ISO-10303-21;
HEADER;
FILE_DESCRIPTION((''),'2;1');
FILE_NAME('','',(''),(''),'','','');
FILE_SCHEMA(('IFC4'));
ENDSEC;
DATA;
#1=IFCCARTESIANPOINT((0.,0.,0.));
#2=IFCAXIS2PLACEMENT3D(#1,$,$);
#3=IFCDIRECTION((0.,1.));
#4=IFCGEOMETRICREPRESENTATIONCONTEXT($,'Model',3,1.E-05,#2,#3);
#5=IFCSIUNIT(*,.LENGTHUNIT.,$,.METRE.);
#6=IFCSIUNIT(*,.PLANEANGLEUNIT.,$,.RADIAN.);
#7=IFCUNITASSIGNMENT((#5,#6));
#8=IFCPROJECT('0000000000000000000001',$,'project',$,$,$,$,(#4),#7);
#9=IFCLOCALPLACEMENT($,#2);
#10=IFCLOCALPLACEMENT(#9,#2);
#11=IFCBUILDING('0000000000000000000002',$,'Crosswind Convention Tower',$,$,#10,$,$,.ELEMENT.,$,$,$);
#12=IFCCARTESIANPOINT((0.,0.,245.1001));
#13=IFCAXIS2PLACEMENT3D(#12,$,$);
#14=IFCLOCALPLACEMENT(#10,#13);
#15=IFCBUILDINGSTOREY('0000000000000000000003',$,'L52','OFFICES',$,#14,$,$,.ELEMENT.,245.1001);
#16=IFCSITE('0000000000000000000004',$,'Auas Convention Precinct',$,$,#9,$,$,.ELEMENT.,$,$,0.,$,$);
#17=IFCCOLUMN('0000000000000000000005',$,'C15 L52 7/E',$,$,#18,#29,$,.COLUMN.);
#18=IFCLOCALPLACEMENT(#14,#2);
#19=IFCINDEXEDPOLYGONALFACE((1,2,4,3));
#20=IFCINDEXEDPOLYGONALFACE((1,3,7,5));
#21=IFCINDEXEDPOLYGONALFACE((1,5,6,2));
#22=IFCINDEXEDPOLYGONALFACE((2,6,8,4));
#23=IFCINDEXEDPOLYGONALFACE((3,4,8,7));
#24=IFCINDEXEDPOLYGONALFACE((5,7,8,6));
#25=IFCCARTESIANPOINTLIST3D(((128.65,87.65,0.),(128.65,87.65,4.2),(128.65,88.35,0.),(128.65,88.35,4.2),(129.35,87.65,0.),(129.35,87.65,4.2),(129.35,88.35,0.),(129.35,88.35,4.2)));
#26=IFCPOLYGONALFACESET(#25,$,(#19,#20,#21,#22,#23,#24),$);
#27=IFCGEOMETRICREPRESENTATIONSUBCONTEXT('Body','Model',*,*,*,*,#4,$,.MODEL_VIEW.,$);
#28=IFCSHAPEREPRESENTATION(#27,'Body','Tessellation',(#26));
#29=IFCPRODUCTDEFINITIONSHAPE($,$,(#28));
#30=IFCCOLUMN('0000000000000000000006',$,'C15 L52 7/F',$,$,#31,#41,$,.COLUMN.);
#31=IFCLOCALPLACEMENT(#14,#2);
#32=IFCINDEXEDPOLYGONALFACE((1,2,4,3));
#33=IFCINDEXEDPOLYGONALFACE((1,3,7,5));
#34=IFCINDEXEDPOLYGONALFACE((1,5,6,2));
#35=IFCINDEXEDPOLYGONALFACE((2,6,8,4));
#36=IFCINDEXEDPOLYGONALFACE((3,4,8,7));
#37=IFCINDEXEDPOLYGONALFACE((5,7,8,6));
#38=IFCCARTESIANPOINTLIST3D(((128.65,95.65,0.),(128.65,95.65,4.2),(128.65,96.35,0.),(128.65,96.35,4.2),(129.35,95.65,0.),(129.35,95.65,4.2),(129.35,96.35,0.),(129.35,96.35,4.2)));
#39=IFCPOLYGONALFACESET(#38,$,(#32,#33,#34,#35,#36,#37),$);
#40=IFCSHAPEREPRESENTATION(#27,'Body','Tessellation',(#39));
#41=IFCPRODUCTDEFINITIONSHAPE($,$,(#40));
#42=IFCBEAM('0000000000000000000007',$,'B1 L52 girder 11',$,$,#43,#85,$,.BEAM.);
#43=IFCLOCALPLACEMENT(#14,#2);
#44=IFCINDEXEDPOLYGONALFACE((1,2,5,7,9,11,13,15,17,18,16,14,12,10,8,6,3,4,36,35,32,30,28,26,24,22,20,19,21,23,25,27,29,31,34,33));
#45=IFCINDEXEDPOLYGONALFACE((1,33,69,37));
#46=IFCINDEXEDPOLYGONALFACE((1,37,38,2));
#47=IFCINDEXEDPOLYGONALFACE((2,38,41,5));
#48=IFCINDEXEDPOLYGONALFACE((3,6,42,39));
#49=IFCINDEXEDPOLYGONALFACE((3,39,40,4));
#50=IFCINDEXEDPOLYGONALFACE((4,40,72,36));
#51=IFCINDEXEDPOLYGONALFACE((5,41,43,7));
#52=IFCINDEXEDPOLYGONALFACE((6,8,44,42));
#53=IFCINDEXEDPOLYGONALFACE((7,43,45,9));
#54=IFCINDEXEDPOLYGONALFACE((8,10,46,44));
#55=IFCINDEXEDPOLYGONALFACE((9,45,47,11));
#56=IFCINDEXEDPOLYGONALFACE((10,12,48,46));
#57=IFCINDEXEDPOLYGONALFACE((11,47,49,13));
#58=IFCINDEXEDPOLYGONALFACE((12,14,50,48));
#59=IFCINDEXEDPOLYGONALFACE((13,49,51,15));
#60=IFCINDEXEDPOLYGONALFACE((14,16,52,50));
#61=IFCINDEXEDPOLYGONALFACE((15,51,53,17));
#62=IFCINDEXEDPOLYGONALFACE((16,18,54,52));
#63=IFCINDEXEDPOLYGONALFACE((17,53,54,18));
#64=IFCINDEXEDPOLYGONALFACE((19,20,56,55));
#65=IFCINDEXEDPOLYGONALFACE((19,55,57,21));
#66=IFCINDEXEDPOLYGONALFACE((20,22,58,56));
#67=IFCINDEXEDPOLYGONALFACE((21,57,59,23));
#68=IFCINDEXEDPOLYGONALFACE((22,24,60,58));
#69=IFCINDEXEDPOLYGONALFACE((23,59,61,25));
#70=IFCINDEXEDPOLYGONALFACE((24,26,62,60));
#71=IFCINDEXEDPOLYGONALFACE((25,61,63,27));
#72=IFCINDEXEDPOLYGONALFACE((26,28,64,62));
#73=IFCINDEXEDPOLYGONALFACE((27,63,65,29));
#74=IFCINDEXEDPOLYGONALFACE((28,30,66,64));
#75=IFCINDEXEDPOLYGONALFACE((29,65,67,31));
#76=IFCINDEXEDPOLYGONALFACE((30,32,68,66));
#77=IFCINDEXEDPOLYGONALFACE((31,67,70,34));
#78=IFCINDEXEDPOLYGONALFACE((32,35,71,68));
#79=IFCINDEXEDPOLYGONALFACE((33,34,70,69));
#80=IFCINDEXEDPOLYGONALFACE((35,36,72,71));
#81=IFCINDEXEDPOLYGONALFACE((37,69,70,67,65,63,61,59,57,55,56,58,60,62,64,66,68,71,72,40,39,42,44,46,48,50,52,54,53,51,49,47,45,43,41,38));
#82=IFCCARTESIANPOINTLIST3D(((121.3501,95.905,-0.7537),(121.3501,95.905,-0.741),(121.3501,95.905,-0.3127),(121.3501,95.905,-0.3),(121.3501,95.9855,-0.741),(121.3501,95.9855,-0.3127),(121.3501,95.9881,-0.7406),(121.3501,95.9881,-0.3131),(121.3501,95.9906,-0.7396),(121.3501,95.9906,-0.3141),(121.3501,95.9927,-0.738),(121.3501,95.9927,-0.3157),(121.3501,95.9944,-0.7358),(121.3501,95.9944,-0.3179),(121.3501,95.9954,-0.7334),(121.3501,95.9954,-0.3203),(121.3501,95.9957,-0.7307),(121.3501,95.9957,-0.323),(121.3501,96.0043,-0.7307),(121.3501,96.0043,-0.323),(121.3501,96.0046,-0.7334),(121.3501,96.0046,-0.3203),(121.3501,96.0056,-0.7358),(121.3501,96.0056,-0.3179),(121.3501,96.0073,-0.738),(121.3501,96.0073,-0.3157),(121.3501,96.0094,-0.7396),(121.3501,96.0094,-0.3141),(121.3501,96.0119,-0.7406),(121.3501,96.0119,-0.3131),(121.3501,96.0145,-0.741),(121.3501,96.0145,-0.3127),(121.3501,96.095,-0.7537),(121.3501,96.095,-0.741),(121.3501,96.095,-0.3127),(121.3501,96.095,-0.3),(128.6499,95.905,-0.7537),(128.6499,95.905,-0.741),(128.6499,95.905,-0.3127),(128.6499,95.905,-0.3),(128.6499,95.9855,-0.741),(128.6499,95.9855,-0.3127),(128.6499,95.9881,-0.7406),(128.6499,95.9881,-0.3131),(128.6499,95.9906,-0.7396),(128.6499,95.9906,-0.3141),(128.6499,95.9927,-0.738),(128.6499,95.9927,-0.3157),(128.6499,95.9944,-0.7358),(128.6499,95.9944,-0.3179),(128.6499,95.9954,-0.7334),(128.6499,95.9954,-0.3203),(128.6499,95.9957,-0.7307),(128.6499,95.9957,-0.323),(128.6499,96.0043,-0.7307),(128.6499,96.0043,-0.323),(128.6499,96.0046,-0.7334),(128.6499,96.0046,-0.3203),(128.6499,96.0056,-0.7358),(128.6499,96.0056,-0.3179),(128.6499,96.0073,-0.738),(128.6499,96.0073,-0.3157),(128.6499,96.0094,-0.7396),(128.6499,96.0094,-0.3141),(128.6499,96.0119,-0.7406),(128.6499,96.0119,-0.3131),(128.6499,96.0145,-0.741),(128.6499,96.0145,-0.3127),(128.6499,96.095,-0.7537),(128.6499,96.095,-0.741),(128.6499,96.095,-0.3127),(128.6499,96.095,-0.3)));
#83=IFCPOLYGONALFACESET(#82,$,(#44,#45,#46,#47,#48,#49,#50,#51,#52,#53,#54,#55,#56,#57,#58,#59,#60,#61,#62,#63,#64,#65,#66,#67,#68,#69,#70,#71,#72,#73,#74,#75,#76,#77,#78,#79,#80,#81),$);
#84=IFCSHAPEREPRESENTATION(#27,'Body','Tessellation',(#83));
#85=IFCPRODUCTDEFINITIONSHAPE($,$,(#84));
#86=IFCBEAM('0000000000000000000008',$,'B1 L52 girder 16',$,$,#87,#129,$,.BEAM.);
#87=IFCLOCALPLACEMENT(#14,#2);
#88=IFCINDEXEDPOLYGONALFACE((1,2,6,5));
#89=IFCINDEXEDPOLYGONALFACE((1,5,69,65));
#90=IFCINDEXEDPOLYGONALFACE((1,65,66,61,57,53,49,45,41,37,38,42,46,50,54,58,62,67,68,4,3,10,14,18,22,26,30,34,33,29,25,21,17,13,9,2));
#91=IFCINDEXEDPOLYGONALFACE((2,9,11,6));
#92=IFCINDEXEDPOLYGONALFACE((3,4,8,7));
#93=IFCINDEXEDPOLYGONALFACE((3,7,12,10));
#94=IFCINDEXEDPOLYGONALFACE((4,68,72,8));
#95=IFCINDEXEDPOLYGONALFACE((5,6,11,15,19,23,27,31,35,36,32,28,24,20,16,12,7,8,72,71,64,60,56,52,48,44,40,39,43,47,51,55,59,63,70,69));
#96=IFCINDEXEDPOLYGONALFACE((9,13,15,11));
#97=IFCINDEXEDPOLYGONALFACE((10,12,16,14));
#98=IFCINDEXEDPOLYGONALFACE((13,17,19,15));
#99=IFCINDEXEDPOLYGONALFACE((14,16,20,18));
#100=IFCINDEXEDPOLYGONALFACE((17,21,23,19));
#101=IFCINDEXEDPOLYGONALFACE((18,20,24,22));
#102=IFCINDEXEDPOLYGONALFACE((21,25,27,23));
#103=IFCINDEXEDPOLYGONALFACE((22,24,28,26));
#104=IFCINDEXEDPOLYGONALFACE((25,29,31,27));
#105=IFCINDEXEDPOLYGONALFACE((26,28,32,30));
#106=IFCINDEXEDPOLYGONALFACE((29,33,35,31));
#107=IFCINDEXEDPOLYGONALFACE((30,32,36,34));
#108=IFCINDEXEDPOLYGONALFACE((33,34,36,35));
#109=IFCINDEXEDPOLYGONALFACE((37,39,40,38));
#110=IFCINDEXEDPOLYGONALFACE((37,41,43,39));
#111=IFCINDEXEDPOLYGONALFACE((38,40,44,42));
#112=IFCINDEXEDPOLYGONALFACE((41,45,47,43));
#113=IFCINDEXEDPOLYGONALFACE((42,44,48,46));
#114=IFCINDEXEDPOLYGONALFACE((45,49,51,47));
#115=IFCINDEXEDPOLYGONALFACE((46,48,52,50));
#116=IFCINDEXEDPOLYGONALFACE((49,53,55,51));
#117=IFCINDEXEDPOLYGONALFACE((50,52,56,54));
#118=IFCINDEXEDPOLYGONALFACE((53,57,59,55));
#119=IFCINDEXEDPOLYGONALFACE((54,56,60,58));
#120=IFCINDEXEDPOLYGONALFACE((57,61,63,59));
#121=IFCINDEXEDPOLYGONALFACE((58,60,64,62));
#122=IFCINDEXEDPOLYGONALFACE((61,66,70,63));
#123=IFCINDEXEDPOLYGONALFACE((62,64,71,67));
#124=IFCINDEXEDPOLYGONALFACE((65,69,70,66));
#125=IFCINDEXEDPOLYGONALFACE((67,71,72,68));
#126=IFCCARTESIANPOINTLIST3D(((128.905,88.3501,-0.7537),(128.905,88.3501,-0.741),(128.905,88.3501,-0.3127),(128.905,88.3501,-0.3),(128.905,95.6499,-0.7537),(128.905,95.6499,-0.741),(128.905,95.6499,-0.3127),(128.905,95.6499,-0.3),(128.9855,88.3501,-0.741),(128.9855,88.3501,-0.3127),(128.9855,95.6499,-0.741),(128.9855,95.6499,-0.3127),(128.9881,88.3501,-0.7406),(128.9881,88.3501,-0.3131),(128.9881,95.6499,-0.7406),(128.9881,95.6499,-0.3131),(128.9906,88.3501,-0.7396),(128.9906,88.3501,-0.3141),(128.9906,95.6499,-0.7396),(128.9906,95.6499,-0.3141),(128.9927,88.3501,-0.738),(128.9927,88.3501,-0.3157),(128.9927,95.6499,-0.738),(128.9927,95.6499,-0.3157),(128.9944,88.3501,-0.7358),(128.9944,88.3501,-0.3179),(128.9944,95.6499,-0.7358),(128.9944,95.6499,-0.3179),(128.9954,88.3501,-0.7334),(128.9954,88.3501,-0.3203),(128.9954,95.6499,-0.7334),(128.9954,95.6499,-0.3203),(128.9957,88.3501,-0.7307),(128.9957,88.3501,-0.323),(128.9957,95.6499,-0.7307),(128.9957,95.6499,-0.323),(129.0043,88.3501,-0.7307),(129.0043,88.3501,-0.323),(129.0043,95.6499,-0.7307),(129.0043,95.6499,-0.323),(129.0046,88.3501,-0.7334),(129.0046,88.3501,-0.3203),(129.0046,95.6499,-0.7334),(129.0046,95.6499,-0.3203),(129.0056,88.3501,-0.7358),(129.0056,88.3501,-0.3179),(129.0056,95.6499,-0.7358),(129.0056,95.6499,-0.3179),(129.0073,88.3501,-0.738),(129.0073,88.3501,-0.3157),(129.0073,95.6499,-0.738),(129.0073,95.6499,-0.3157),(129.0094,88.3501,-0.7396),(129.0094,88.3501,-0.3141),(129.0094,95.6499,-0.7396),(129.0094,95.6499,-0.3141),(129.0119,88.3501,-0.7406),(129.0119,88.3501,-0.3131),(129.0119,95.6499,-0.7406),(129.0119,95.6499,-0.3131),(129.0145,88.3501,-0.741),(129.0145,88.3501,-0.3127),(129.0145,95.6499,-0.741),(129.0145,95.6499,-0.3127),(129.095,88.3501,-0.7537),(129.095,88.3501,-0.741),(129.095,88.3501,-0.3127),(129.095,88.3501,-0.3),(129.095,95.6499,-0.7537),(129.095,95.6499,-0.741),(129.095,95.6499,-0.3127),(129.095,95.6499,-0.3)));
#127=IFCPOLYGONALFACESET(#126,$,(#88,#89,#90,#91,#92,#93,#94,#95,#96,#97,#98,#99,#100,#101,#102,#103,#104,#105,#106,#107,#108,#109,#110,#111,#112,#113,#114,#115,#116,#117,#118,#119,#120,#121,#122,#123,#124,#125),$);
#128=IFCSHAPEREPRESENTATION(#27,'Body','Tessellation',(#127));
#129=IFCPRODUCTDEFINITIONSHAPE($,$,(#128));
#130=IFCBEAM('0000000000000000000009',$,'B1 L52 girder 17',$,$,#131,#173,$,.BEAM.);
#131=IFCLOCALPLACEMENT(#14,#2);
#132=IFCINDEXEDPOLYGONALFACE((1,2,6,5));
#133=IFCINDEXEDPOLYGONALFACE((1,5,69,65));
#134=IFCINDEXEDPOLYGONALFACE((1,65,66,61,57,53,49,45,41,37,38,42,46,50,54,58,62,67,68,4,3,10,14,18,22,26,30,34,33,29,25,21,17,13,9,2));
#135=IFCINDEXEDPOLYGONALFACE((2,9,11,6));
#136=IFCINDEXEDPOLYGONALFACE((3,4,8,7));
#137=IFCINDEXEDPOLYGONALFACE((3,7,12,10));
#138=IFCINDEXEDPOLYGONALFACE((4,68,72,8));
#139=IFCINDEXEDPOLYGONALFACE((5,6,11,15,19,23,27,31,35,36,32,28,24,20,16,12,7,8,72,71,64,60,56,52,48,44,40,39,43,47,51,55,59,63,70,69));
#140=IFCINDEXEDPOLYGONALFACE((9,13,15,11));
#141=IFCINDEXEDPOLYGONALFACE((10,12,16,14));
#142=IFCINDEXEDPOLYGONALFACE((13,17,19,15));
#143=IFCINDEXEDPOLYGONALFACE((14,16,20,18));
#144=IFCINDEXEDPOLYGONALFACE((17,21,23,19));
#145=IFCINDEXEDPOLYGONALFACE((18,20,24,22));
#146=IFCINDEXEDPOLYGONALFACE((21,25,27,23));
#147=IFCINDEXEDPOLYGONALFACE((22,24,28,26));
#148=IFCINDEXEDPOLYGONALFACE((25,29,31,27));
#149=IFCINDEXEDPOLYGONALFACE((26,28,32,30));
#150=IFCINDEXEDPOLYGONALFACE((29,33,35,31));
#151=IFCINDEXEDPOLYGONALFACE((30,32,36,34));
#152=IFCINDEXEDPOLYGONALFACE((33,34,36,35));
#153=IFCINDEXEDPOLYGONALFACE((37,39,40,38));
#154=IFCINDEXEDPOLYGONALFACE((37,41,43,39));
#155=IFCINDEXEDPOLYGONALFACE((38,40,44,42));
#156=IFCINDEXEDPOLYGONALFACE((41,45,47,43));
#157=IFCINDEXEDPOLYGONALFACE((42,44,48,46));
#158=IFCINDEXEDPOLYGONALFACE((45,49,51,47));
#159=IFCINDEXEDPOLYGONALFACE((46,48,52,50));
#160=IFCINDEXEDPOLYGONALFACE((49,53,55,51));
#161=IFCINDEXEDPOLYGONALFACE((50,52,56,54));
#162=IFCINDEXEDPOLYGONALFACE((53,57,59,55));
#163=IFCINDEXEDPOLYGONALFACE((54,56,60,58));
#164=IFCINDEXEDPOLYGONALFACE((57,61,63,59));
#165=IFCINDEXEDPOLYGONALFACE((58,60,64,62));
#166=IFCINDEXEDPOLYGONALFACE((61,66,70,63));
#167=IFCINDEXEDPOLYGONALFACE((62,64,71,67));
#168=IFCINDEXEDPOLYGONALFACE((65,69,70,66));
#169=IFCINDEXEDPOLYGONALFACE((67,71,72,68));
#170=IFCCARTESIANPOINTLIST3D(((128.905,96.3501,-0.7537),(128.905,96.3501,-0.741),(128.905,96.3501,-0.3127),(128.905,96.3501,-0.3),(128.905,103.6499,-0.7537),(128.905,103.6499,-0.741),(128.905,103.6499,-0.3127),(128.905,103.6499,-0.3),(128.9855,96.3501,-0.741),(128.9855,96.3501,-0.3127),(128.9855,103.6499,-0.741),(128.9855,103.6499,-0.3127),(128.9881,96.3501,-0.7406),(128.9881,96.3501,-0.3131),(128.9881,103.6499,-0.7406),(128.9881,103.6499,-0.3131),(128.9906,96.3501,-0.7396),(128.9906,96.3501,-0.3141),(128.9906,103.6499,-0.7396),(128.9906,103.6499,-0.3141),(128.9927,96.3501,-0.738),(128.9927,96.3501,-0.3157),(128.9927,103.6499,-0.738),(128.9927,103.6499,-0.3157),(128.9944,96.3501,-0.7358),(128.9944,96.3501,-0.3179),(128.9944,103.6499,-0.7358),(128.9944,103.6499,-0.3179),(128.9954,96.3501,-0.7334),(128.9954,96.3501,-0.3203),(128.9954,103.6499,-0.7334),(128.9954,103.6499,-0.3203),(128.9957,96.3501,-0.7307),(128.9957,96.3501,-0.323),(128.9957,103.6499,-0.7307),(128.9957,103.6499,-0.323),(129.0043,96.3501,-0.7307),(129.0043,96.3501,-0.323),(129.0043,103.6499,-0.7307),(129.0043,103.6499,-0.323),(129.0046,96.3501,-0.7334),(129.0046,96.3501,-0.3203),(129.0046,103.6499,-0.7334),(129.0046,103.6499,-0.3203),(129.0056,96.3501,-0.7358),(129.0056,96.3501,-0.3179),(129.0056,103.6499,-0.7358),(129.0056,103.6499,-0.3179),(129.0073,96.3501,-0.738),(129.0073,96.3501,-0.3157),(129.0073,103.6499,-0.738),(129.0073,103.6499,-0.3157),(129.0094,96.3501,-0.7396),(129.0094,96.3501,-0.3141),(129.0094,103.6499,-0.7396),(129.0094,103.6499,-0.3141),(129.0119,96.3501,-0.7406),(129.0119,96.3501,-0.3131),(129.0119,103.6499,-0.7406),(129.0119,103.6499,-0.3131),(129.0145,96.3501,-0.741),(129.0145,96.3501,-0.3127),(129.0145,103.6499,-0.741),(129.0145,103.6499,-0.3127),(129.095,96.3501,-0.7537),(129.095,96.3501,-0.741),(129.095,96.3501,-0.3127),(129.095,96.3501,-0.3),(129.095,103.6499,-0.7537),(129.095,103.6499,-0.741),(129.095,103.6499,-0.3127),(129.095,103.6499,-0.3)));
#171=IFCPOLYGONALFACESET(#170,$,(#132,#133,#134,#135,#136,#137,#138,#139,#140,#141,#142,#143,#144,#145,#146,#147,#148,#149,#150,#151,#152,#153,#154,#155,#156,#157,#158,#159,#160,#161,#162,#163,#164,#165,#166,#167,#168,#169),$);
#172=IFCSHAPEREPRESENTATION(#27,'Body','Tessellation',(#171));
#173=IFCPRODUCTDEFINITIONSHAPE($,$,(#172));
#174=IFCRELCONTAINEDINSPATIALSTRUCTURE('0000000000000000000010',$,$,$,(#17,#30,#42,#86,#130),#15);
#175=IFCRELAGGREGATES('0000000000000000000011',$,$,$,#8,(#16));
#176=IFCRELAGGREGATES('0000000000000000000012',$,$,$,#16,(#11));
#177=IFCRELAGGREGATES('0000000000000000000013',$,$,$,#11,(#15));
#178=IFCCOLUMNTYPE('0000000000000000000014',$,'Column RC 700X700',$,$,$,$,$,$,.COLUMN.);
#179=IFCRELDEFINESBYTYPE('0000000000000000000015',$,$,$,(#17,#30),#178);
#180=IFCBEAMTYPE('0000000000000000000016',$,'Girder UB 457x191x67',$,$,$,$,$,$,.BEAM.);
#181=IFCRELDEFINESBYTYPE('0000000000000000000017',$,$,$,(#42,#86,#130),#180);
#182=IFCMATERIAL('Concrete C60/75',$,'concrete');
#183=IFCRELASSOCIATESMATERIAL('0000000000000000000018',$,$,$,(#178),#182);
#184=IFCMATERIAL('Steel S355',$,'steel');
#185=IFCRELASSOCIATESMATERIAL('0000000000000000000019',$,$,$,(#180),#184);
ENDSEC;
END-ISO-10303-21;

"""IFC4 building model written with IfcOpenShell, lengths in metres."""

from ifc_helpers import new_model, si_unit, direction, frame, origin, origin_2d, place, context, subcontext, project, spatial, rectangle, i_section, extrude, material, material_profile, profile_set, type_object, element, save


model = new_model("IFC4")

# Units and contexts
model_context = context("Model", 3, precision=1e-05, world=origin(), true_north=direction((0.0, 1.0)))
body_context = subcontext(model_context, "Body", "Model", "MODEL_VIEW")
ifc_project = project(units=[si_unit("LENGTHUNIT", "METRE"), si_unit("PLANEANGLEUNIT", "RADIAN")], contexts=[model_context])

# Site, building, storey
site_placement = place(None, origin())
site = spatial("IfcSite", under=ifc_project, at=site_placement, Name="Auas Convention Precinct", CompositionType="ELEMENT", RefElevation=0.0)
building_placement = place(site_placement, origin())
building = spatial("IfcBuilding", under=site, at=building_placement, Name="Crosswind Convention Tower", CompositionType="ELEMENT")
storey_placement = place(building_placement, frame((0.0, 0.0, 245.1001)))
storey = spatial("IfcBuildingStorey", under=building, at=storey_placement, Name="L52", Description="OFFICES", CompositionType="ELEMENT", Elevation=245.1001)

# Columns
ifc_material_1 = material(Name="Concrete C60/75", Category="concrete")
ifc_material_profile_1 = material_profile(ifc_material_1, rectangle(XDim=0.7, YDim=0.7, at=origin_2d()), Name="RC 700X700")
ifc_profile_set_1 = profile_set([ifc_material_profile_1], Name="Concrete C60/75")
column_type = type_object("IfcColumnType", Name="Column RC 700X700", PredefinedType="COLUMN", material=ifc_profile_set_1)
for number, where, z_axis, x_axis, name in (
    (1, (129.0, 88.0, 0.0), (0.0, 0.0, 1.0), (1.0, 0.0, 0.0), "C15 L52 7/E"),
    (2, (129.0, 96.0, 0.0), (0.0, 0.0, 1.0), (1.0, 0.0, 0.0), "C15 L52 7/F"),
):
    element("IfcColumn", number, at=place(storey_placement, frame(where, z_axis=z_axis, x_axis=x_axis)), inside=storey, type_object=column_type, Name=name, PredefinedType="COLUMN", context=body_context, shape_type="SweptSolid", body=[
        extrude(rectangle(XDim=0.7, YDim=0.7, at=origin_2d()), origin(), (0.0, 0.0, 1.0), 4.2),
    ])

# Beams
ifc_material_2 = material(Name="Steel S355", Category="steel")
ifc_material_profile_2 = material_profile(ifc_material_2, i_section(OverallWidth=0.1899, OverallDepth=0.4536, WebThickness=0.0085, FlangeThickness=0.0127, FilletRadius=0.0103, at=origin_2d()), Name="UB 457x191x67")
ifc_profile_set_2 = profile_set([ifc_material_profile_2], Name="Steel S355")
beam_type_1 = type_object("IfcBeamType", Name="Girder UB 457x191x67", PredefinedType="BEAM", material=ifc_profile_set_2)
for number, where, z_axis, x_axis, name in (
    (3, (121.3501, 96.0, -0.5269), (1.0, 0.0, 0.0), (0.0, 1.0, 0.0), "B1 L52 girder 11"),
    (4, (129.0, 88.3501, -0.5269), (0.0, 1.0, 0.0), (-1.0, 0.0, 0.0), "B1 L52 girder 16"),
    (5, (129.0, 96.3501, -0.5269), (0.0, 1.0, 0.0), (-1.0, 0.0, 0.0), "B1 L52 girder 17"),
):
    element("IfcBeam", number, at=place(storey_placement, frame(where, z_axis=z_axis, x_axis=x_axis)), inside=storey, type_object=beam_type_1, Name=name, PredefinedType="BEAM", context=body_context, shape_type="SweptSolid", body=[
        extrude(i_section(OverallWidth=0.1899, OverallDepth=0.4536, WebThickness=0.0085, FlangeThickness=0.0127, FilletRadius=0.0103, at=origin_2d()), origin(), (0.0, 0.0, 1.0), 7.2998),
    ])

save(model, "model.ifc")
